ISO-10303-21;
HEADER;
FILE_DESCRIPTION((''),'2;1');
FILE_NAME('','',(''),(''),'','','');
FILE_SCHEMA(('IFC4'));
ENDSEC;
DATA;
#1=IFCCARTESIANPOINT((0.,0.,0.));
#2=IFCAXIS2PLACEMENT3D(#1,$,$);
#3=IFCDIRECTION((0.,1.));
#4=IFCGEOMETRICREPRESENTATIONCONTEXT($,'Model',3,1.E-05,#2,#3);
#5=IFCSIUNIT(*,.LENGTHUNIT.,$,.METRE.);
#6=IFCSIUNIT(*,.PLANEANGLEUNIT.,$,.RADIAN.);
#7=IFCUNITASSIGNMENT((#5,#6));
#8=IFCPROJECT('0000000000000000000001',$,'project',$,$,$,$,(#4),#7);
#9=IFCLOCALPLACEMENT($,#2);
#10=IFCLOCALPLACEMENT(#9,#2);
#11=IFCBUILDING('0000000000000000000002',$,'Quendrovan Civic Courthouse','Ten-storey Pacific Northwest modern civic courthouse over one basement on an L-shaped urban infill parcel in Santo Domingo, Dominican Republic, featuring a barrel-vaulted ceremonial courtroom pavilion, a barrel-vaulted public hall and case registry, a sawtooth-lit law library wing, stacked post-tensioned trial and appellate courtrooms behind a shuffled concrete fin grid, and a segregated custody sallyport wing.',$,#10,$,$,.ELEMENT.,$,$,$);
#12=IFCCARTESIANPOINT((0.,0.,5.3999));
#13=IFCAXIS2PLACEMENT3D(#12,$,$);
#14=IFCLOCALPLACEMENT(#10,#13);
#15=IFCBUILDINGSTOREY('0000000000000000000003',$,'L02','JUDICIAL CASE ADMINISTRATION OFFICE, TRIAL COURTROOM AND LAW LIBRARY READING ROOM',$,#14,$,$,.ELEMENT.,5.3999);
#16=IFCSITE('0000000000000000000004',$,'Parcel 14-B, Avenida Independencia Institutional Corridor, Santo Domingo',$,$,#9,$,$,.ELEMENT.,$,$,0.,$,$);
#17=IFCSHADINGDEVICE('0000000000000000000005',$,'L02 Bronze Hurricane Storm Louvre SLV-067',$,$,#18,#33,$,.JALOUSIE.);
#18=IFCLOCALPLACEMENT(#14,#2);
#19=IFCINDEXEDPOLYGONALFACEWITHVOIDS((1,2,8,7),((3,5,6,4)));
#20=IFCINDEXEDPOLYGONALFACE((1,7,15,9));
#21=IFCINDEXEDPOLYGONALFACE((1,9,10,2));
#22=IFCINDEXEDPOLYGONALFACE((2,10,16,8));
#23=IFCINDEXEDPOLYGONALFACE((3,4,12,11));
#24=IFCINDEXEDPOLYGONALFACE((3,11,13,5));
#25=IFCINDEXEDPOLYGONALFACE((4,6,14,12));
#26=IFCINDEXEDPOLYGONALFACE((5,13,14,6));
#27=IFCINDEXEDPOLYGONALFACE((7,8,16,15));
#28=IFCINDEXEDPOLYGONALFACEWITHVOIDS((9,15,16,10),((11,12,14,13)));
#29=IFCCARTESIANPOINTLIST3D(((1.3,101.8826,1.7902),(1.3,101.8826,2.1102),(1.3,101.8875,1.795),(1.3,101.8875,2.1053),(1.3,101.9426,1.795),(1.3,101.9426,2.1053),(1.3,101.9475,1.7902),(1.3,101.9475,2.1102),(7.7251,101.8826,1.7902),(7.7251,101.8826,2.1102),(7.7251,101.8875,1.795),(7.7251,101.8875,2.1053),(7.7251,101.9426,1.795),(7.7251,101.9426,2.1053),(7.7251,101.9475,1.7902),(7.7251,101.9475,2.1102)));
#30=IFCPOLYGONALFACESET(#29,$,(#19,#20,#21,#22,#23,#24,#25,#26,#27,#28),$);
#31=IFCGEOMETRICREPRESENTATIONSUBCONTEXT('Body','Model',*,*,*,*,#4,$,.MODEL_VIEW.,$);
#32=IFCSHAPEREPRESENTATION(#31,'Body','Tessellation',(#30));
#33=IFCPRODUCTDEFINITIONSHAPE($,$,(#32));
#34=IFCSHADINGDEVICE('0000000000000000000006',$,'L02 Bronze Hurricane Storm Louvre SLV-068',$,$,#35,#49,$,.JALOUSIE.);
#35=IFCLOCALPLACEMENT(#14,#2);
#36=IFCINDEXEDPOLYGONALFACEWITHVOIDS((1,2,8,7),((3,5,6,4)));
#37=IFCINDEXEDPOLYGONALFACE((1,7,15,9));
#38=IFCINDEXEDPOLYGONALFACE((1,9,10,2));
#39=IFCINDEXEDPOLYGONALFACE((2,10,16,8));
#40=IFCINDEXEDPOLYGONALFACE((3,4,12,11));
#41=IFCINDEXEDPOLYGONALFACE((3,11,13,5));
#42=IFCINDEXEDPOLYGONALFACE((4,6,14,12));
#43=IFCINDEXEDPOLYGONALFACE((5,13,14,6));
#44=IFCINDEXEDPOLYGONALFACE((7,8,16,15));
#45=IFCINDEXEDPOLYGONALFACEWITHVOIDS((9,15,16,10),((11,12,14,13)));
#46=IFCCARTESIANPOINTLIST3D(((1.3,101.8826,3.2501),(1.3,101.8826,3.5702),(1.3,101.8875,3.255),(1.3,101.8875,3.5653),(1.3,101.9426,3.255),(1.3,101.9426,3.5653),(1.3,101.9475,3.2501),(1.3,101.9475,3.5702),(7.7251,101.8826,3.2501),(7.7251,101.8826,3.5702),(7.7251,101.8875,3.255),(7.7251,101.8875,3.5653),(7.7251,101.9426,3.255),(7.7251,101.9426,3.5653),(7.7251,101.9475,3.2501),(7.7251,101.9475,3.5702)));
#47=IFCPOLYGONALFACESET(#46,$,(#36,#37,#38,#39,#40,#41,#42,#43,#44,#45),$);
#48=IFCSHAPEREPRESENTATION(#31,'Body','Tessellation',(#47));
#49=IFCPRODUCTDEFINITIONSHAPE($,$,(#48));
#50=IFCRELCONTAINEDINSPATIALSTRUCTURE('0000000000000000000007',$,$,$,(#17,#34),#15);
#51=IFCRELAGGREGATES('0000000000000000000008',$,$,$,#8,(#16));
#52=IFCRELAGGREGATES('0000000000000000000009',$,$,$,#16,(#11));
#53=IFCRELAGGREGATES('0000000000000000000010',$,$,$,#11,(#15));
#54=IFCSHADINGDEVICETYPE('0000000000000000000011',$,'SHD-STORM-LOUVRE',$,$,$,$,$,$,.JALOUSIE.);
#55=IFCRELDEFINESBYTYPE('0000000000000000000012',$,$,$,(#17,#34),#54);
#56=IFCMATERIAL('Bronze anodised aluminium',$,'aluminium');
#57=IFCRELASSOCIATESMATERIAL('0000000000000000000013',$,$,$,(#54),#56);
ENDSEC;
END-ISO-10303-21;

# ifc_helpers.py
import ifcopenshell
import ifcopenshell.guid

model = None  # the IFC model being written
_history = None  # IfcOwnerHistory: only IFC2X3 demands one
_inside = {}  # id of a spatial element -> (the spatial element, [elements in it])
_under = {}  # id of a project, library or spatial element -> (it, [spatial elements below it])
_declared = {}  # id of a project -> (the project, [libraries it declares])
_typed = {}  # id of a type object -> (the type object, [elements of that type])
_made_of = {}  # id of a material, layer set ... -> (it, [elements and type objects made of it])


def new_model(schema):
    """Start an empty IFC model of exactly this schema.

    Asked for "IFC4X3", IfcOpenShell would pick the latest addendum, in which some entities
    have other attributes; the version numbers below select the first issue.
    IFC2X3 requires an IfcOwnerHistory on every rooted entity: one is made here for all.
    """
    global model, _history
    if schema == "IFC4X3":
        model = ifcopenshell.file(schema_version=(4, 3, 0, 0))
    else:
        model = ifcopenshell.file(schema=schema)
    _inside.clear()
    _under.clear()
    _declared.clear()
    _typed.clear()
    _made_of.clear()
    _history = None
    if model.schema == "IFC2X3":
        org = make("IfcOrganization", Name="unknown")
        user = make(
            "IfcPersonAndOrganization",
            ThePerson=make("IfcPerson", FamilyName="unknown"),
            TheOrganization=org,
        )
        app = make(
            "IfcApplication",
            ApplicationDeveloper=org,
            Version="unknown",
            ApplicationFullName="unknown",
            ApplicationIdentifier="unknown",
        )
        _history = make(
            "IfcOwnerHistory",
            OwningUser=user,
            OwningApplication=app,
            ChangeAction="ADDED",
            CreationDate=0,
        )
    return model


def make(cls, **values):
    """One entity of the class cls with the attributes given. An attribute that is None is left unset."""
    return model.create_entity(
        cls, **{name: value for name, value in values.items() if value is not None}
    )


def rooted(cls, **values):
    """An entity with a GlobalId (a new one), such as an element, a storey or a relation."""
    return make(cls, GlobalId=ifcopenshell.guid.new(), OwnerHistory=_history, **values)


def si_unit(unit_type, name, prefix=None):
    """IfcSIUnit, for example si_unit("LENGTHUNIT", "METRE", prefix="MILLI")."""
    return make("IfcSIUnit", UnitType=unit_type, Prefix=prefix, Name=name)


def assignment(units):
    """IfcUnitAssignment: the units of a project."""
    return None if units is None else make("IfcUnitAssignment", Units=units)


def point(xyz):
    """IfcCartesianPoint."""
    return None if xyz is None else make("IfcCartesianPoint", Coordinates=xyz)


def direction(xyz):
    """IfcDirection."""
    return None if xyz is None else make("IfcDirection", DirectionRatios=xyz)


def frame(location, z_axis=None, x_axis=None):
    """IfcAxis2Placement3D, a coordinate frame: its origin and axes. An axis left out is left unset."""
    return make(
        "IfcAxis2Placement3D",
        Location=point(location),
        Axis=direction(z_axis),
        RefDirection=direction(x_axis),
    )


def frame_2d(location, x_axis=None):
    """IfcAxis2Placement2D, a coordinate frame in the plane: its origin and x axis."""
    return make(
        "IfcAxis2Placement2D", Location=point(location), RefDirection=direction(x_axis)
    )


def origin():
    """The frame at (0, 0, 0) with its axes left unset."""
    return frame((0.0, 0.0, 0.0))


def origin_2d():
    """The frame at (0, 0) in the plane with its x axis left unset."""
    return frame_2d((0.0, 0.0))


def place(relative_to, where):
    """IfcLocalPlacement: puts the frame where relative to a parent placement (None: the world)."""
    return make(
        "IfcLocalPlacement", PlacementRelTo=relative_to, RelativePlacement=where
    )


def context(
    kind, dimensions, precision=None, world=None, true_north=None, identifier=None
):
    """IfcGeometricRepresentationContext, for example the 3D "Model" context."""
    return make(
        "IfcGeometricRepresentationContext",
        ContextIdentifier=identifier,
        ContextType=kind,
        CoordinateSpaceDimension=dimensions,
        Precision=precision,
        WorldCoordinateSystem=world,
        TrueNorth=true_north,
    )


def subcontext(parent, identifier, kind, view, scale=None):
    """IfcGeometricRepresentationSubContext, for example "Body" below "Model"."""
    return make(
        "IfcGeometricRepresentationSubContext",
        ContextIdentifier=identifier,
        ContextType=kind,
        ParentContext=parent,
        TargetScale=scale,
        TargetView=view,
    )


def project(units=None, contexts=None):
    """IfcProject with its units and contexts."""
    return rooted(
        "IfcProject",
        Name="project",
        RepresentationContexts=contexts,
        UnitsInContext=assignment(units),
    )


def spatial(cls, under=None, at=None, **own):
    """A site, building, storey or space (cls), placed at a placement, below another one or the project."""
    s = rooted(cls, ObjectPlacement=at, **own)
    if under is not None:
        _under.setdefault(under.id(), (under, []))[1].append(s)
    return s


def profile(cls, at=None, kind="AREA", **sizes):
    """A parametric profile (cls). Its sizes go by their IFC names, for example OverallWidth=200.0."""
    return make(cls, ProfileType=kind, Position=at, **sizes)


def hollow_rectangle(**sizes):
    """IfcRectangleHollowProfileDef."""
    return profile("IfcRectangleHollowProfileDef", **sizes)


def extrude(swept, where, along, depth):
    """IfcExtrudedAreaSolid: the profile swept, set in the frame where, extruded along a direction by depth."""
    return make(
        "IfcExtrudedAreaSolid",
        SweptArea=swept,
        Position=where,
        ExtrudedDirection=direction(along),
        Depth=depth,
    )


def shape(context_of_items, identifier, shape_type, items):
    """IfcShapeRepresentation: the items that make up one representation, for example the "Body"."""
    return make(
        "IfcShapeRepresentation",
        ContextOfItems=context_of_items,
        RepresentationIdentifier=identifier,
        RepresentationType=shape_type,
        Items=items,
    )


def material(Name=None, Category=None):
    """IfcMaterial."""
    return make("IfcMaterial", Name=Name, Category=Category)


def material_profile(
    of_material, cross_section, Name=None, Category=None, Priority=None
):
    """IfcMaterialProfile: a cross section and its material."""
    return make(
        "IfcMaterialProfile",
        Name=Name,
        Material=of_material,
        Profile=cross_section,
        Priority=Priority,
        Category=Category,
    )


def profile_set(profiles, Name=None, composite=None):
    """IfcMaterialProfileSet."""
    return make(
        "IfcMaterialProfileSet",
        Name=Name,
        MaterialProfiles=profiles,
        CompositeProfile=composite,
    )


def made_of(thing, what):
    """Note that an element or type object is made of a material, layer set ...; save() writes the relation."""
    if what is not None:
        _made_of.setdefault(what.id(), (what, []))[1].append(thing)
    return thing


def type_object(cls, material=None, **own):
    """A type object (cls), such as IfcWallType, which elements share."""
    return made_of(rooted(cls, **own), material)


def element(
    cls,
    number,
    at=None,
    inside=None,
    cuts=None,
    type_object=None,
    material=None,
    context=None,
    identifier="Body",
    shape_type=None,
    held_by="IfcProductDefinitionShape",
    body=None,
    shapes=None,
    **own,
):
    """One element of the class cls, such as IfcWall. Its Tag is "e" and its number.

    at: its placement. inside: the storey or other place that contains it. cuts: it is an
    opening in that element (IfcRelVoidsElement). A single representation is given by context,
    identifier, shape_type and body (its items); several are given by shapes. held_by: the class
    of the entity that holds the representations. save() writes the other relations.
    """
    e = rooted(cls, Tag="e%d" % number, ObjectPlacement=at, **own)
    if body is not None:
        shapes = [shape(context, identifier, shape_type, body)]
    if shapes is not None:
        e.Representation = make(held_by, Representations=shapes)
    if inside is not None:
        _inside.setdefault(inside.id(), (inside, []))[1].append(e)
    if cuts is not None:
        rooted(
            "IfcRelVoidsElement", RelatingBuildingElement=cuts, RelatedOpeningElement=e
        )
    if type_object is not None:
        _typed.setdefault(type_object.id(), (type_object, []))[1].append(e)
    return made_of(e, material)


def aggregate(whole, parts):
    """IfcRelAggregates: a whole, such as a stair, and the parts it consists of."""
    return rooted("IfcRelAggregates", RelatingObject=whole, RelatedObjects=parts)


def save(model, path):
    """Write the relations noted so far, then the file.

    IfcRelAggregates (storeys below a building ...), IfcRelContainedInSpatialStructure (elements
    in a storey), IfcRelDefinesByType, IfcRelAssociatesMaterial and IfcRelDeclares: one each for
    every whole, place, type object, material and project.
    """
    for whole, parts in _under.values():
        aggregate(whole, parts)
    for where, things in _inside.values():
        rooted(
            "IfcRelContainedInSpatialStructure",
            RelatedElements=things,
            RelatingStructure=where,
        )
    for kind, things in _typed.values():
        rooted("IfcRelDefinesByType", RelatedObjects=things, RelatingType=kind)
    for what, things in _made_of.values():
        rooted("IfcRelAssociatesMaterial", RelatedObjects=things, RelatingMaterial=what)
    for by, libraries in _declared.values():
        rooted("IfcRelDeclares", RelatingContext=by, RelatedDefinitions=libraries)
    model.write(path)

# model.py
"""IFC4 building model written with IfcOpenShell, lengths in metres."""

from ifc_helpers import new_model, si_unit, direction, frame, origin, origin_2d, place, context, subcontext, project, spatial, hollow_rectangle, extrude, material, material_profile, profile_set, type_object, element, save


model = new_model("IFC4")

# Units and contexts
model_context = context("Model", 3, precision=1e-05, world=origin(), true_north=direction((0.0, 1.0)))
body_context = subcontext(model_context, "Body", "Model", "MODEL_VIEW")
ifc_project = project(units=[si_unit("LENGTHUNIT", "METRE"), si_unit("PLANEANGLEUNIT", "RADIAN")], contexts=[model_context])

# Site, building, storey
site_placement = place(None, origin())
site = spatial("IfcSite", under=ifc_project, at=site_placement, Name="Parcel 14-B, Avenida Independencia Institutional Corridor, Santo Domingo", CompositionType="ELEMENT", RefElevation=0.0)
building_placement = place(site_placement, origin())
building = spatial("IfcBuilding", under=site, at=building_placement, Name="Quendrovan Civic Courthouse", Description="Ten-storey Pacific Northwest modern civic courthouse over one basement on an L-shaped urban infill parcel in Santo Domingo, Dominican Republic, featuring a barrel-vaulted ceremonial courtroom pavilion, a barrel-vaulted public hall and case registry, a sawtooth-lit law library wing, stacked post-tensioned trial and appellate courtrooms behind a shuffled concrete fin grid, and a segregated custody sallyport wing.", CompositionType="ELEMENT")
storey_placement = place(building_placement, frame((0.0, 0.0, 5.3999)))
storey = spatial("IfcBuildingStorey", under=building, at=storey_placement, Name="L02", Description="JUDICIAL CASE ADMINISTRATION OFFICE, TRIAL COURTROOM AND LAW LIBRARY READING ROOM", CompositionType="ELEMENT", Elevation=5.3999)

# Shared definitions
ifc_material_1 = material(Name="Bronze anodised aluminium", Category="aluminium")

# Shading devices
ifc_material_profile_1 = material_profile(ifc_material_1, hollow_rectangle(XDim=0.0649, YDim=0.3201, WallThickness=0.0049, at=origin_2d()), Name="AL-LOUVRE-65x320")
ifc_profile_set_1 = profile_set([ifc_material_profile_1], Name="Bronze anodised aluminium")
shading_device_type = type_object("IfcShadingDeviceType", Name="SHD-STORM-LOUVRE", PredefinedType="JALOUSIE", material=ifc_profile_set_1)
for number, where, z_axis, x_axis, name in (
    (1, (1.3, 101.915, 1.9502), (1.0, 0.0, 0.0), (0.0, 1.0, 0.0), "L02 Bronze Hurricane Storm Louvre SLV-067"),
    (2, (1.3, 101.915, 3.4102), (1.0, 0.0, 0.0), (0.0, 1.0, 0.0), "L02 Bronze Hurricane Storm Louvre SLV-068"),
):
    element("IfcShadingDevice", number, at=place(storey_placement, frame(where, z_axis=z_axis, x_axis=x_axis)), inside=storey, type_object=shading_device_type, Name=name, PredefinedType="JALOUSIE", context=body_context, shape_type="SweptSolid", body=[
        extrude(hollow_rectangle(XDim=0.0649, YDim=0.3201, WallThickness=0.0049, at=origin_2d()), origin(), (0.0, 0.0, 1.0), 6.425),
    ])

save(model, "model.ifc")
